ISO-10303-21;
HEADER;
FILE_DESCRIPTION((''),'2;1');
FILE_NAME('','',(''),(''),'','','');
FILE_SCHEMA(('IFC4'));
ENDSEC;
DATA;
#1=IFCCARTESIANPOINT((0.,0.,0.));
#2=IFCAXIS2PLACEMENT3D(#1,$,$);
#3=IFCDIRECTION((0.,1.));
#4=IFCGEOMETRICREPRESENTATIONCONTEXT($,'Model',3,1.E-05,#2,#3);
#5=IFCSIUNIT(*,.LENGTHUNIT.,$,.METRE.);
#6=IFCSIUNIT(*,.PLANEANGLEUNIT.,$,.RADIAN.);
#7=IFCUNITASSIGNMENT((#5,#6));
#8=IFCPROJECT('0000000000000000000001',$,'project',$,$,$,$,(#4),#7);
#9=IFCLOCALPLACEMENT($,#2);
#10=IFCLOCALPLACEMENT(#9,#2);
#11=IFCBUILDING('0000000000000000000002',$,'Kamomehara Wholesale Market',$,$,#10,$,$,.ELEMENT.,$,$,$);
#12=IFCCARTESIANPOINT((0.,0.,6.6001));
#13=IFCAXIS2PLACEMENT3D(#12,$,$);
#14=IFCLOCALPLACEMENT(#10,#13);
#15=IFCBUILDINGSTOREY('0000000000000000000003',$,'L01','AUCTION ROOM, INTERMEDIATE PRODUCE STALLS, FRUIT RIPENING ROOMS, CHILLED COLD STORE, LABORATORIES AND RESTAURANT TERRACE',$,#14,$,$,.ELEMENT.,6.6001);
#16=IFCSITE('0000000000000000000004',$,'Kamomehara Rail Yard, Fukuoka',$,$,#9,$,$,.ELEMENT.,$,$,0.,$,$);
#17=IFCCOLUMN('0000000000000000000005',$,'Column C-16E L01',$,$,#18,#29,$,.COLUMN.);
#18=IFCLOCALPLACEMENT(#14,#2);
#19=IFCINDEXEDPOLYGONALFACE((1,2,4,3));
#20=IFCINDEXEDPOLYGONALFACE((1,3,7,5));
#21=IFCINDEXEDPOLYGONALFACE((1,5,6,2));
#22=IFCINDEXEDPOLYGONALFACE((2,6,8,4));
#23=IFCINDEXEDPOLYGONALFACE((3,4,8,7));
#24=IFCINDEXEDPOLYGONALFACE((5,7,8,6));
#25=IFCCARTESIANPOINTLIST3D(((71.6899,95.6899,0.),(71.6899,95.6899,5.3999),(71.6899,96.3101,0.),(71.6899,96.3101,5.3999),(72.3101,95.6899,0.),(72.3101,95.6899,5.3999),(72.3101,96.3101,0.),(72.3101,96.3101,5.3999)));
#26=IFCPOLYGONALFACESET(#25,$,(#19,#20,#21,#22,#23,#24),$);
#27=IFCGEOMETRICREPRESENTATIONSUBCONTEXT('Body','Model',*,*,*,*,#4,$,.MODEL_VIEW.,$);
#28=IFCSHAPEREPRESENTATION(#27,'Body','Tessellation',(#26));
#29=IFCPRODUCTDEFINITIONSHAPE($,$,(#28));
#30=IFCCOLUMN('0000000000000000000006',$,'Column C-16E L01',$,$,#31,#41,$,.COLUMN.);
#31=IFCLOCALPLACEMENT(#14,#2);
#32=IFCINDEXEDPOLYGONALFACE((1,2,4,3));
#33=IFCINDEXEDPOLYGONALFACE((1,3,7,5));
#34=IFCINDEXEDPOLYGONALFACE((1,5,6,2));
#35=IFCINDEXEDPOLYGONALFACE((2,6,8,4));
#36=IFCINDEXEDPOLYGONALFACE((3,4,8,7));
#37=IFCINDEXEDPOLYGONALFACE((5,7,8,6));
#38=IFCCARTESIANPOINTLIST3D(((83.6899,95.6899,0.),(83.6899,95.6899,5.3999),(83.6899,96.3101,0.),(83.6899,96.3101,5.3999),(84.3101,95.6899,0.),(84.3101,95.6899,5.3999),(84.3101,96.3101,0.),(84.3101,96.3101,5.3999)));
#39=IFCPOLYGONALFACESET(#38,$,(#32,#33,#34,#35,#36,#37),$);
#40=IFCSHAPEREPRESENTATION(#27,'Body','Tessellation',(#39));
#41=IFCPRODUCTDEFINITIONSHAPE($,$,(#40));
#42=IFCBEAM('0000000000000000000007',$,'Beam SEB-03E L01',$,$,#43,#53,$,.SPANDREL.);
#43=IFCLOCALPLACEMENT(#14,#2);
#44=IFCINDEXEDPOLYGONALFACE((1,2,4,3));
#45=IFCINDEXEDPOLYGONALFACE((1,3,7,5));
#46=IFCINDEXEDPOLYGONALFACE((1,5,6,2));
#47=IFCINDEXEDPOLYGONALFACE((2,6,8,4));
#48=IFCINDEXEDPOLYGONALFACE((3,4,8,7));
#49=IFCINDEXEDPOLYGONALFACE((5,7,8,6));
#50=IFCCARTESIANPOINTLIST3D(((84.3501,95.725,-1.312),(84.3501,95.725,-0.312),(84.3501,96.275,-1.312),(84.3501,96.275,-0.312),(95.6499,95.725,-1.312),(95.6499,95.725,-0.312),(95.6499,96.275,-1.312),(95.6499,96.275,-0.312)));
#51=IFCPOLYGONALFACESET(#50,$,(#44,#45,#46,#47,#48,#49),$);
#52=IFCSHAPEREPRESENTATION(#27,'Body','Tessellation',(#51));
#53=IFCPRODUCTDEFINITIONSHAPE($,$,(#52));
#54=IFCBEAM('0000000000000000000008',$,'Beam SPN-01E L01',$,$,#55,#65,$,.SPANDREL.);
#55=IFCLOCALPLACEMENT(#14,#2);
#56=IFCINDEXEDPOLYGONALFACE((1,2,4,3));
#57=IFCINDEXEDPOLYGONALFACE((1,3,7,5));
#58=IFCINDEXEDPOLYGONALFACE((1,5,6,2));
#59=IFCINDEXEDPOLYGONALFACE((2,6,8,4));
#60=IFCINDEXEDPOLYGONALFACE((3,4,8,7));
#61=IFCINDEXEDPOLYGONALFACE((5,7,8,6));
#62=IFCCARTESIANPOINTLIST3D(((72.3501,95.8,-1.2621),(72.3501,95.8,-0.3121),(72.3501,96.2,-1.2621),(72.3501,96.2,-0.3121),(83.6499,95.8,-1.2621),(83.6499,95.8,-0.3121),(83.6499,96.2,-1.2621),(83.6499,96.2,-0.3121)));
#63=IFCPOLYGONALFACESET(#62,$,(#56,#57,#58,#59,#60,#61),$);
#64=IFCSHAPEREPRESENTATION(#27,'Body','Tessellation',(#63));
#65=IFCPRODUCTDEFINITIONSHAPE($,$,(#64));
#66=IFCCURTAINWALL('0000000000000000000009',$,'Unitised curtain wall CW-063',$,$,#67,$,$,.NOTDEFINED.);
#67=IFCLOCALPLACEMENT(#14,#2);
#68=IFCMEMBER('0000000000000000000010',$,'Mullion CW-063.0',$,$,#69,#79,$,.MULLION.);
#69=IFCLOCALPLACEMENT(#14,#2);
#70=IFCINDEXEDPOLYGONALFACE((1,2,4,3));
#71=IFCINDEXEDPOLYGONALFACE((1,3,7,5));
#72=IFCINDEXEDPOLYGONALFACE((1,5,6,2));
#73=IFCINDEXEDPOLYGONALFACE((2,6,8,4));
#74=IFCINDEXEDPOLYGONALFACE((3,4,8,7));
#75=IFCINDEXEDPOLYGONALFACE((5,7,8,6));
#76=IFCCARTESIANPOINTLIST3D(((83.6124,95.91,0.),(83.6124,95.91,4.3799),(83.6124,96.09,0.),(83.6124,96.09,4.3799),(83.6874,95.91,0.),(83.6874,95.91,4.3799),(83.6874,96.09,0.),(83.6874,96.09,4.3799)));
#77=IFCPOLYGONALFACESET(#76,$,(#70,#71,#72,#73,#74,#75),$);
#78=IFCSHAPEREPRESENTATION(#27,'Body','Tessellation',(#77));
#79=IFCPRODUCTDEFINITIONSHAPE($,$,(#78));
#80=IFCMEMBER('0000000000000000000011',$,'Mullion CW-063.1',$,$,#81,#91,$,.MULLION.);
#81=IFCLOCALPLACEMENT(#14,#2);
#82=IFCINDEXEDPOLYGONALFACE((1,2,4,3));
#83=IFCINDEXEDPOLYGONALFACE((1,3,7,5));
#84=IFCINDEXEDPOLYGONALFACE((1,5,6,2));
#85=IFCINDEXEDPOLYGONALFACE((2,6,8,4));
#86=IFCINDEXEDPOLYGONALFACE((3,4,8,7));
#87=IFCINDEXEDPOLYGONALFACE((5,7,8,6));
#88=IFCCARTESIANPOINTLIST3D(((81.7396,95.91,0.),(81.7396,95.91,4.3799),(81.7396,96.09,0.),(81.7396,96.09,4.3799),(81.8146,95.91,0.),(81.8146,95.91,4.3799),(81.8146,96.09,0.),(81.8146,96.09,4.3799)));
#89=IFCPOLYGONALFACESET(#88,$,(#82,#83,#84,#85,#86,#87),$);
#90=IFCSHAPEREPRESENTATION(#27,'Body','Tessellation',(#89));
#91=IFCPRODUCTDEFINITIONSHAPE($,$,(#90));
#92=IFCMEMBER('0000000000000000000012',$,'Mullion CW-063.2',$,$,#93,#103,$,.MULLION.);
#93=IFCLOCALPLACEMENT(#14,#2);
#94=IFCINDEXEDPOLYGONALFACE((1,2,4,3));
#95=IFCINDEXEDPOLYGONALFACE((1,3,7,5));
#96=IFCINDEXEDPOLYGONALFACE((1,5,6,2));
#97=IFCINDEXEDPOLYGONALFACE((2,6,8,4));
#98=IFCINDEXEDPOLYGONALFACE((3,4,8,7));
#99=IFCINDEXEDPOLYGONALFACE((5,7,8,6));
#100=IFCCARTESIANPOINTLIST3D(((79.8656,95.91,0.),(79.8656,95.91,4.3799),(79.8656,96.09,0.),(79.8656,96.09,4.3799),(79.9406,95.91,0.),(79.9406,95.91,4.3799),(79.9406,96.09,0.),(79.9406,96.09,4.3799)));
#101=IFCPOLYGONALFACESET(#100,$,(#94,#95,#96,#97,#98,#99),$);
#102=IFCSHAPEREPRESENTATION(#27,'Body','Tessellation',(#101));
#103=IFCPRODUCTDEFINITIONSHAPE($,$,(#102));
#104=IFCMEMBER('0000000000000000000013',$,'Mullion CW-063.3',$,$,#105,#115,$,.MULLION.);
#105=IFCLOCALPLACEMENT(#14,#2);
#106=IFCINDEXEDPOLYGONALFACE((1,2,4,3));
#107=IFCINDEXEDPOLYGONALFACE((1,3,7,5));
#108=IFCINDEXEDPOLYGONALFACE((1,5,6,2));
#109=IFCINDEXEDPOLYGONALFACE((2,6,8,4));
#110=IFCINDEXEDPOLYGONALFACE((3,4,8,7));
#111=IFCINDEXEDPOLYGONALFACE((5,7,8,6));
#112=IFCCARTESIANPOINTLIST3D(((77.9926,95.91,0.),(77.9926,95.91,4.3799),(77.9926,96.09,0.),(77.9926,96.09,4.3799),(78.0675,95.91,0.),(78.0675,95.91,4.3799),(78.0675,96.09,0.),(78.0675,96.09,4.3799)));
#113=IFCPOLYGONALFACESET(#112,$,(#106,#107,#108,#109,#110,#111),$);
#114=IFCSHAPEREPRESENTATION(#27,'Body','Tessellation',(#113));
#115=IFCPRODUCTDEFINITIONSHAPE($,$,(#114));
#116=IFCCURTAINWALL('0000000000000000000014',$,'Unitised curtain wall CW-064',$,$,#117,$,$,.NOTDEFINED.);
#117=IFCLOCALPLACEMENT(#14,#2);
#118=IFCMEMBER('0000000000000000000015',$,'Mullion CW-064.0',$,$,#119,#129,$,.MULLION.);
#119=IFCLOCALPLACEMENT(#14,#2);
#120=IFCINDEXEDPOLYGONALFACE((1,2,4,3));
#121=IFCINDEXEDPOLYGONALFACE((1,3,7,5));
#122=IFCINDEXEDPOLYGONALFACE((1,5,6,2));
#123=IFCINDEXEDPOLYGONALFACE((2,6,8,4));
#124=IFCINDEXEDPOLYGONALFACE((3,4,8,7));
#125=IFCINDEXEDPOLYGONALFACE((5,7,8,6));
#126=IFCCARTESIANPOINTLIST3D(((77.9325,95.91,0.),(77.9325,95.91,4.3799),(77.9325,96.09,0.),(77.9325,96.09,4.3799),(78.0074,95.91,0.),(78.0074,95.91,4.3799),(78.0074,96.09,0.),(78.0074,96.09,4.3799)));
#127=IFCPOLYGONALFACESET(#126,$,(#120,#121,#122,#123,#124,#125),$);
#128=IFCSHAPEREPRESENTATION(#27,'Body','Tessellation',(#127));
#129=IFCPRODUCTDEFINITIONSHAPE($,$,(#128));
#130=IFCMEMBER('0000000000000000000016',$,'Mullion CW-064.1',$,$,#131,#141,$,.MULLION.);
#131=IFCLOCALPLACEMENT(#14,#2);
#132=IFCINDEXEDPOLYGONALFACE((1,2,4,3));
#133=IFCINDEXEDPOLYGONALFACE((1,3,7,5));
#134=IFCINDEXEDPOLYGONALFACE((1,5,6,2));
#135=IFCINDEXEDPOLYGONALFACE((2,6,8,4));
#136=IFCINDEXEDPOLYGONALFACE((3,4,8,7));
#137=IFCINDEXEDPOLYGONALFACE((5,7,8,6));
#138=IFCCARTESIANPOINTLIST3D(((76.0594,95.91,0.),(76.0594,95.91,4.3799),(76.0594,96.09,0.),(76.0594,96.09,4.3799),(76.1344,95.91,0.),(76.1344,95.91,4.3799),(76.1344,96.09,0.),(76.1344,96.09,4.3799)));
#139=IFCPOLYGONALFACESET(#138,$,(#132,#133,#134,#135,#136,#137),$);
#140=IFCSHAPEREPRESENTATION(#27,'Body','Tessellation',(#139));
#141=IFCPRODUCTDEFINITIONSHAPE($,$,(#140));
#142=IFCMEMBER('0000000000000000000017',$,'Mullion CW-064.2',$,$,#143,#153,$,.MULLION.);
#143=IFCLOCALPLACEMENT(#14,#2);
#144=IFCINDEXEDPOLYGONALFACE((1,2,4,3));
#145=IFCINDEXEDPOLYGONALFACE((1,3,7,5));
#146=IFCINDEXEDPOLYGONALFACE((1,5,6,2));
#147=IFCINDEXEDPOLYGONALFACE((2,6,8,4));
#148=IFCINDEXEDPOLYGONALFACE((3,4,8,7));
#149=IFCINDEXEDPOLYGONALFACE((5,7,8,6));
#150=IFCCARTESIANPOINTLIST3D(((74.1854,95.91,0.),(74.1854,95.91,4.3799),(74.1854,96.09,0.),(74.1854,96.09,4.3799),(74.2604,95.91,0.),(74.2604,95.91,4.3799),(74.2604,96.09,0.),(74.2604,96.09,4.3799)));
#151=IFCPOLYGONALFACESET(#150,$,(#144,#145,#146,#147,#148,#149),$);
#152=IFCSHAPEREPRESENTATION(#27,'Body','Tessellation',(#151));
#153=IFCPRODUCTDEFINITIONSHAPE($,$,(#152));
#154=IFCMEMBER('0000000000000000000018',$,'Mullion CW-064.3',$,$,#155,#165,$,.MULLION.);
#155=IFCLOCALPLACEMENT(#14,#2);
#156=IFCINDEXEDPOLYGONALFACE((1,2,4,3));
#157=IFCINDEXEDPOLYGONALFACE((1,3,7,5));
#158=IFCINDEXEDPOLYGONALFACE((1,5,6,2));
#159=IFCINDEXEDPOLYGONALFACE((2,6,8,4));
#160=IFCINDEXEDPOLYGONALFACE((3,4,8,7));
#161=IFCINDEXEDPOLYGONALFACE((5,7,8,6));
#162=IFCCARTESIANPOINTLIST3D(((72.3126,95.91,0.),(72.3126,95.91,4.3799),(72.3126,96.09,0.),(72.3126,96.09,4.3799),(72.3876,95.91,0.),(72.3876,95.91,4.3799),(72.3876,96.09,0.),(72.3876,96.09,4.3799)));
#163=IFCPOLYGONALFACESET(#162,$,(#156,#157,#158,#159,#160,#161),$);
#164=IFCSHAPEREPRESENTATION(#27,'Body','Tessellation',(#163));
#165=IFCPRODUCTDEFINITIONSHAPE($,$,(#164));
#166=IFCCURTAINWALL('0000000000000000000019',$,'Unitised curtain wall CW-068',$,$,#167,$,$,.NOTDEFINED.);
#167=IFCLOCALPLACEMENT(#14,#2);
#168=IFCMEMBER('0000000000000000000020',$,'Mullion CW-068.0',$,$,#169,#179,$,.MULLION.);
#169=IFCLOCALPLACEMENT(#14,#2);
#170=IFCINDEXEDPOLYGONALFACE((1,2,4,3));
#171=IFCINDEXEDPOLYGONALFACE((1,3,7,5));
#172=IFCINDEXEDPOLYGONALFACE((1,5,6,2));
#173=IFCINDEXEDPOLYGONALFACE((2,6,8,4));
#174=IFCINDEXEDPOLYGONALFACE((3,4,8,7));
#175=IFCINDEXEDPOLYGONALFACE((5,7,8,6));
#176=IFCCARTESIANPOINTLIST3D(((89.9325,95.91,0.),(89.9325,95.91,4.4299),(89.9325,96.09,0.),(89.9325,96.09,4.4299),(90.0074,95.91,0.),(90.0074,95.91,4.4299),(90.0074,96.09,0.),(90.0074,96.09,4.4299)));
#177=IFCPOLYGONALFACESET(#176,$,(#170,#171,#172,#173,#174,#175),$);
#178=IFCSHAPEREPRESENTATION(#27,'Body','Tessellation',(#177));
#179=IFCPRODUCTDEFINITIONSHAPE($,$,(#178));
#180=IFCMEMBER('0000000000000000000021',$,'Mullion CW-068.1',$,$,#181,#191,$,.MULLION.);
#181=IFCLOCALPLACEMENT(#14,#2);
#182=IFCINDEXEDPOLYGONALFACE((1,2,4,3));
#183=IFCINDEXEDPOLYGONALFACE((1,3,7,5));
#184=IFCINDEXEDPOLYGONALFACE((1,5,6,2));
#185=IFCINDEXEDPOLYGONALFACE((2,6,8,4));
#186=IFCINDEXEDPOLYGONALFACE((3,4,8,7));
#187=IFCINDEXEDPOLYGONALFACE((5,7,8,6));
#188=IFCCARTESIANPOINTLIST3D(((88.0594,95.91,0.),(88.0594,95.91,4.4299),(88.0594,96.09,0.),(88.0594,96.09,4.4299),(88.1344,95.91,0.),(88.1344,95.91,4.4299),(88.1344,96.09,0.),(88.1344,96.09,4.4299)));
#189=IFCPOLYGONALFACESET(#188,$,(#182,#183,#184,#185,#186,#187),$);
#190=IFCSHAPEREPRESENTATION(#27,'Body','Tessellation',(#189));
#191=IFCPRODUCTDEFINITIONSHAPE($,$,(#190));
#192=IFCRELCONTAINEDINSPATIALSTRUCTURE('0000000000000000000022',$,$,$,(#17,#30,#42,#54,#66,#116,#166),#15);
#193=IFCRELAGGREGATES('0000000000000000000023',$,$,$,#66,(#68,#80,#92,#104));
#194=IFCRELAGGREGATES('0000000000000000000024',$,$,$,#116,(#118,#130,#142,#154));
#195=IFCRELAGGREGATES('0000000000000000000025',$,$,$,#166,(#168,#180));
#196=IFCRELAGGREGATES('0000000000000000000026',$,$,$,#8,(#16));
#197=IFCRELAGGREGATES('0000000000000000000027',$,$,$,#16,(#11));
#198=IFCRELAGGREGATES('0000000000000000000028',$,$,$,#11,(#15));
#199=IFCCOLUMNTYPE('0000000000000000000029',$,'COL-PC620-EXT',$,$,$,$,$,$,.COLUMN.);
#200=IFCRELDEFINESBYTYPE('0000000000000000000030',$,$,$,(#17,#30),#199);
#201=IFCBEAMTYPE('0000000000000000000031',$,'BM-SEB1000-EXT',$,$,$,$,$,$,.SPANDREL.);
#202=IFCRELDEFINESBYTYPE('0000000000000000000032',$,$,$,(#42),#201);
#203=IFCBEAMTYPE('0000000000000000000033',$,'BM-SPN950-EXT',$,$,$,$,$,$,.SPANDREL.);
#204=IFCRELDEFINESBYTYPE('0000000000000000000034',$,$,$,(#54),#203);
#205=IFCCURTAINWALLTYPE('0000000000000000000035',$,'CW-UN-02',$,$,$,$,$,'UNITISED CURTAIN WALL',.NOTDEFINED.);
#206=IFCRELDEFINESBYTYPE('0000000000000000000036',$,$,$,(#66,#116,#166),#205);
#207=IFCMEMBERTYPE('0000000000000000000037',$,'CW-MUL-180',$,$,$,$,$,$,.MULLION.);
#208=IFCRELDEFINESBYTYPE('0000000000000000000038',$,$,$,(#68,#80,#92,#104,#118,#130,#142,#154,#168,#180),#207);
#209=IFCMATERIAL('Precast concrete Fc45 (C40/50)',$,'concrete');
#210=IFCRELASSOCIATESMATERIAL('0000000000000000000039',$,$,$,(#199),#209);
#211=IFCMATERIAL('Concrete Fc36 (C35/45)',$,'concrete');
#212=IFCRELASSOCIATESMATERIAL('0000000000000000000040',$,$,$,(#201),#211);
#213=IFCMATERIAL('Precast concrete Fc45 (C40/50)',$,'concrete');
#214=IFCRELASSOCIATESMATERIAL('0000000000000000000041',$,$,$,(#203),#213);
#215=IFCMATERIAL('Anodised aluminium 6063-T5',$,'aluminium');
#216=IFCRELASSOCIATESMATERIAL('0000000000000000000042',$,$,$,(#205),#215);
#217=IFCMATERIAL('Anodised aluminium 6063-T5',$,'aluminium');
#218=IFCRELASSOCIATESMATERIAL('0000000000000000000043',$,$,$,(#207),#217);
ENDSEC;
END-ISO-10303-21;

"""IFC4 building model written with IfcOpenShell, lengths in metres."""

from ifc_helpers import new_model, si_unit, direction, frame, origin, origin_2d, place, context, subcontext, project, spatial, rectangle, extrude, material, material_profile, profile_set, type_object, element, aggregate, save


model = new_model("IFC4")

# Units and contexts
model_context = context("Model", 3, precision=1e-05, world=origin(), true_north=direction((0.0, 1.0)))
body_context = subcontext(model_context, "Body", "Model", "MODEL_VIEW")
ifc_project = project(units=[si_unit("LENGTHUNIT", "METRE"), si_unit("PLANEANGLEUNIT", "RADIAN")], contexts=[model_context])

# Site, building, storey
site_placement = place(None, origin())
site = spatial("IfcSite", under=ifc_project, at=site_placement, Name="Kamomehara Rail Yard, Fukuoka", CompositionType="ELEMENT", RefElevation=0.0)
building_placement = place(site_placement, origin())
building = spatial("IfcBuilding", under=site, at=building_placement, Name="Kamomehara Wholesale Market", CompositionType="ELEMENT")
storey_placement = place(building_placement, frame((0.0, 0.0, 6.6001)))
storey = spatial("IfcBuildingStorey", under=building, at=storey_placement, Name="L01", Description="AUCTION ROOM, INTERMEDIATE PRODUCE STALLS, FRUIT RIPENING ROOMS, CHILLED COLD STORE, LABORATORIES AND RESTAURANT TERRACE", CompositionType="ELEMENT", Elevation=6.6001)

# Columns
ifc_material_1 = material(Name="Precast concrete Fc45 (C40/50)", Category="concrete")
ifc_material_profile_1 = material_profile(ifc_material_1, rectangle(XDim=0.6201, YDim=0.6201, at=origin_2d()), Name="PC-COL-620x620")
ifc_profile_set_1 = profile_set([ifc_material_profile_1], Name="Precast concrete Fc45 (C40/50)")
column_type = type_object("IfcColumnType", Name="COL-PC620-EXT", PredefinedType="COLUMN", material=ifc_profile_set_1)
for number, where, z_axis, x_axis, name in (
    (1, (72.0, 96.0, 0.0), (0.0, 0.0, 1.0), (1.0, 0.0, 0.0), "Column C-16E L01"),
    (2, (84.0, 96.0, 0.0), (0.0, 0.0, 1.0), (1.0, 0.0, 0.0), "Column C-16E L01"),
):
    element("IfcColumn", number, at=place(storey_placement, frame(where, z_axis=z_axis, x_axis=x_axis)), inside=storey, type_object=column_type, Name=name, PredefinedType="COLUMN", context=body_context, shape_type="SweptSolid", body=[
        extrude(rectangle(XDim=0.6201, YDim=0.6201, at=origin_2d()), origin(), (0.0, 0.0, 1.0), 5.3999),
    ])

# Beams
ifc_material_2 = material(Name="Concrete Fc36 (C35/45)", Category="concrete")
ifc_material_profile_2 = material_profile(ifc_material_2, rectangle(XDim=0.55, YDim=1.0, at=origin_2d()), Name="RC-SEB-550x1000")
ifc_profile_set_2 = profile_set([ifc_material_profile_2], Name="Concrete Fc36 (C35/45)")
beam_type_1 = type_object("IfcBeamType", Name="BM-SEB1000-EXT", PredefinedType="SPANDREL", material=ifc_profile_set_2)
beam_1_placement = place(storey_placement, frame((84.3501, 96.0, -0.812), z_axis=(1.0, 0.0, 0.0), x_axis=(0.0, 1.0, 0.0)))
element("IfcBeam", 3, at=beam_1_placement, inside=storey, type_object=beam_type_1, Name="Beam SEB-03E L01", PredefinedType="SPANDREL", context=body_context, shape_type="SweptSolid", body=[
    extrude(rectangle(XDim=0.55, YDim=1.0, at=origin_2d()), origin(), (0.0, 0.0, 1.0), 11.2998),
])
ifc_material_3 = material(Name="Precast concrete Fc45 (C40/50)", Category="concrete")
ifc_material_profile_3 = material_profile(ifc_material_3, rectangle(XDim=0.3999, YDim=0.95, at=origin_2d()), Name="PC-SPN-400x950")
ifc_profile_set_3 = profile_set([ifc_material_profile_3], Name="Precast concrete Fc45 (C40/50)")
beam_type_2 = type_object("IfcBeamType", Name="BM-SPN950-EXT", PredefinedType="SPANDREL", material=ifc_profile_set_3)
beam_2_placement = place(storey_placement, frame((72.3501, 96.0, -0.7871), z_axis=(1.0, 0.0, 0.0), x_axis=(0.0, 1.0, 0.0)))
element("IfcBeam", 4, at=beam_2_placement, inside=storey, type_object=beam_type_2, Name="Beam SPN-01E L01", PredefinedType="SPANDREL", context=body_context, shape_type="SweptSolid", body=[
    extrude(rectangle(XDim=0.3999, YDim=0.95, at=origin_2d()), origin(), (0.0, 0.0, 1.0), 11.2998),
])

# Curtain walls, members
ifc_material_4 = material(Name="Anodised aluminium 6063-T5", Category="aluminium")
curtain_wall_type = type_object("IfcCurtainWallType", Name="CW-UN-02", ElementType="UNITISED CURTAIN WALL", PredefinedType="NOTDEFINED", material=ifc_material_4)
curtain_wall_1_placement = place(storey_placement, origin())
curtain_wall_1 = element("IfcCurtainWall", 5, at=curtain_wall_1_placement, inside=storey, type_object=curtain_wall_type, Name="Unitised curtain wall CW-063", PredefinedType="NOTDEFINED")
ifc_material_5 = material(Name="Anodised aluminium 6063-T5", Category="aluminium")
ifc_material_profile_4 = material_profile(ifc_material_5, rectangle(XDim=0.075, YDim=0.1799, at=origin_2d()), Name="ALU-MUL-75x180")
ifc_profile_set_4 = profile_set([ifc_material_profile_4], Name="Anodised aluminium 6063-T5")
member_type_1 = type_object("IfcMemberType", Name="CW-MUL-180", PredefinedType="MULLION", material=ifc_profile_set_4)
member_1_placement = place(storey_placement, frame((83.6499, 96.0, 0.0), z_axis=(0.0, 0.0, 1.0), x_axis=(-1.0, 0.0, 0.0)))
member_1 = element("IfcMember", 6, at=member_1_placement, type_object=member_type_1, Name="Mullion CW-063.0", PredefinedType="MULLION", context=body_context, shape_type="SweptSolid", body=[
    extrude(rectangle(XDim=0.075, YDim=0.1799, at=origin_2d()), origin(), (0.0, 0.0, 1.0), 4.3799),
])
member_2_placement = place(storey_placement, frame((81.7771, 96.0, 0.0), z_axis=(0.0, 0.0, 1.0), x_axis=(-1.0, 0.0, 0.0)))
member_2 = element("IfcMember", 7, at=member_2_placement, type_object=member_type_1, Name="Mullion CW-063.1", PredefinedType="MULLION", context=body_context, shape_type="SweptSolid", body=[
    extrude(rectangle(XDim=0.075, YDim=0.1799, at=origin_2d()), origin(), (0.0, 0.0, 1.0), 4.3799),
])
member_3_placement = place(storey_placement, frame((79.9031, 96.0, 0.0), z_axis=(0.0, 0.0, 1.0), x_axis=(-1.0, 0.0, 0.0)))
member_3 = element("IfcMember", 8, at=member_3_placement, type_object=member_type_1, Name="Mullion CW-063.2", PredefinedType="MULLION", context=body_context, shape_type="SweptSolid", body=[
    extrude(rectangle(XDim=0.075, YDim=0.1799, at=origin_2d()), origin(), (0.0, 0.0, 1.0), 4.3799),
])
member_4_placement = place(storey_placement, frame((78.03, 96.0, 0.0), z_axis=(0.0, 0.0, 1.0), x_axis=(-1.0, 0.0, 0.0)))
member_4 = element("IfcMember", 9, at=member_4_placement, type_object=member_type_1, Name="Mullion CW-063.3", PredefinedType="MULLION", context=body_context, shape_type="SweptSolid", body=[
    extrude(rectangle(XDim=0.075, YDim=0.1799, at=origin_2d()), origin(), (0.0, 0.0, 1.0), 4.3799),
])
curtain_wall_2_placement = place(storey_placement, origin())
curtain_wall_2 = element("IfcCurtainWall", 10, at=curtain_wall_2_placement, inside=storey, type_object=curtain_wall_type, Name="Unitised curtain wall CW-064", PredefinedType="NOTDEFINED")
member_5_placement = place(storey_placement, frame((77.97, 96.0, 0.0), z_axis=(0.0, 0.0, 1.0), x_axis=(-1.0, 0.0, 0.0)))
member_5 = element("IfcMember", 11, at=member_5_placement, type_object=member_type_1, Name="Mullion CW-064.0", PredefinedType="MULLION", context=body_context, shape_type="SweptSolid", body=[
    extrude(rectangle(XDim=0.075, YDim=0.1799, at=origin_2d()), origin(), (0.0, 0.0, 1.0), 4.3799),
])
member_6_placement = place(storey_placement, frame((76.0969, 96.0, 0.0), z_axis=(0.0, 0.0, 1.0), x_axis=(-1.0, 0.0, 0.0)))
member_6 = element("IfcMember", 12, at=member_6_placement, type_object=member_type_1, Name="Mullion CW-064.1", PredefinedType="MULLION", context=body_context, shape_type="SweptSolid", body=[
    extrude(rectangle(XDim=0.075, YDim=0.1799, at=origin_2d()), origin(), (0.0, 0.0, 1.0), 4.3799),
])
member_7_placement = place(storey_placement, frame((74.2229, 96.0, 0.0), z_axis=(0.0, 0.0, 1.0), x_axis=(-1.0, 0.0, 0.0)))
member_7 = element("IfcMember", 13, at=member_7_placement, type_object=member_type_1, Name="Mullion CW-064.2", PredefinedType="MULLION", context=body_context, shape_type="SweptSolid", body=[
    extrude(rectangle(XDim=0.075, YDim=0.1799, at=origin_2d()), origin(), (0.0, 0.0, 1.0), 4.3799),
])
member_8_placement = place(storey_placement, frame((72.3501, 96.0, 0.0), z_axis=(0.0, 0.0, 1.0), x_axis=(-1.0, 0.0, 0.0)))
member_8 = element("IfcMember", 14, at=member_8_placement, type_object=member_type_1, Name="Mullion CW-064.3", PredefinedType="MULLION", context=body_context, shape_type="SweptSolid", body=[
    extrude(rectangle(XDim=0.075, YDim=0.1799, at=origin_2d()), origin(), (0.0, 0.0, 1.0), 4.3799),
])
curtain_wall_3_placement = place(storey_placement, origin())
curtain_wall_3 = element("IfcCurtainWall", 15, at=curtain_wall_3_placement, inside=storey, type_object=curtain_wall_type, Name="Unitised curtain wall CW-068", PredefinedType="NOTDEFINED")
member_9_placement = place(storey_placement, frame((89.97, 96.0, 0.0), z_axis=(0.0, 0.0, 1.0), x_axis=(-1.0, 0.0, 0.0)))
member_9 = element("IfcMember", 16, at=member_9_placement, type_object=member_type_1, Name="Mullion CW-068.0", PredefinedType="MULLION", context=body_context, shape_type="SweptSolid", body=[
    extrude(rectangle(XDim=0.075, YDim=0.1799, at=origin_2d()), origin(), (0.0, 0.0, 1.0), 4.4299),
])
member_10_placement = place(storey_placement, frame((88.0969, 96.0, 0.0), z_axis=(0.0, 0.0, 1.0), x_axis=(-1.0, 0.0, 0.0)))
member_10 = element("IfcMember", 17, at=member_10_placement, type_object=member_type_1, Name="Mullion CW-068.1", PredefinedType="MULLION", context=body_context, shape_type="SweptSolid", body=[
    extrude(rectangle(XDim=0.075, YDim=0.1799, at=origin_2d()), origin(), (0.0, 0.0, 1.0), 4.4299),
])

aggregate(curtain_wall_1, [member_1, member_2, member_3, member_4])
aggregate(curtain_wall_2, [member_5, member_6, member_7, member_8])
aggregate(curtain_wall_3, [member_9, member_10])

save(model, "model.ifc")
